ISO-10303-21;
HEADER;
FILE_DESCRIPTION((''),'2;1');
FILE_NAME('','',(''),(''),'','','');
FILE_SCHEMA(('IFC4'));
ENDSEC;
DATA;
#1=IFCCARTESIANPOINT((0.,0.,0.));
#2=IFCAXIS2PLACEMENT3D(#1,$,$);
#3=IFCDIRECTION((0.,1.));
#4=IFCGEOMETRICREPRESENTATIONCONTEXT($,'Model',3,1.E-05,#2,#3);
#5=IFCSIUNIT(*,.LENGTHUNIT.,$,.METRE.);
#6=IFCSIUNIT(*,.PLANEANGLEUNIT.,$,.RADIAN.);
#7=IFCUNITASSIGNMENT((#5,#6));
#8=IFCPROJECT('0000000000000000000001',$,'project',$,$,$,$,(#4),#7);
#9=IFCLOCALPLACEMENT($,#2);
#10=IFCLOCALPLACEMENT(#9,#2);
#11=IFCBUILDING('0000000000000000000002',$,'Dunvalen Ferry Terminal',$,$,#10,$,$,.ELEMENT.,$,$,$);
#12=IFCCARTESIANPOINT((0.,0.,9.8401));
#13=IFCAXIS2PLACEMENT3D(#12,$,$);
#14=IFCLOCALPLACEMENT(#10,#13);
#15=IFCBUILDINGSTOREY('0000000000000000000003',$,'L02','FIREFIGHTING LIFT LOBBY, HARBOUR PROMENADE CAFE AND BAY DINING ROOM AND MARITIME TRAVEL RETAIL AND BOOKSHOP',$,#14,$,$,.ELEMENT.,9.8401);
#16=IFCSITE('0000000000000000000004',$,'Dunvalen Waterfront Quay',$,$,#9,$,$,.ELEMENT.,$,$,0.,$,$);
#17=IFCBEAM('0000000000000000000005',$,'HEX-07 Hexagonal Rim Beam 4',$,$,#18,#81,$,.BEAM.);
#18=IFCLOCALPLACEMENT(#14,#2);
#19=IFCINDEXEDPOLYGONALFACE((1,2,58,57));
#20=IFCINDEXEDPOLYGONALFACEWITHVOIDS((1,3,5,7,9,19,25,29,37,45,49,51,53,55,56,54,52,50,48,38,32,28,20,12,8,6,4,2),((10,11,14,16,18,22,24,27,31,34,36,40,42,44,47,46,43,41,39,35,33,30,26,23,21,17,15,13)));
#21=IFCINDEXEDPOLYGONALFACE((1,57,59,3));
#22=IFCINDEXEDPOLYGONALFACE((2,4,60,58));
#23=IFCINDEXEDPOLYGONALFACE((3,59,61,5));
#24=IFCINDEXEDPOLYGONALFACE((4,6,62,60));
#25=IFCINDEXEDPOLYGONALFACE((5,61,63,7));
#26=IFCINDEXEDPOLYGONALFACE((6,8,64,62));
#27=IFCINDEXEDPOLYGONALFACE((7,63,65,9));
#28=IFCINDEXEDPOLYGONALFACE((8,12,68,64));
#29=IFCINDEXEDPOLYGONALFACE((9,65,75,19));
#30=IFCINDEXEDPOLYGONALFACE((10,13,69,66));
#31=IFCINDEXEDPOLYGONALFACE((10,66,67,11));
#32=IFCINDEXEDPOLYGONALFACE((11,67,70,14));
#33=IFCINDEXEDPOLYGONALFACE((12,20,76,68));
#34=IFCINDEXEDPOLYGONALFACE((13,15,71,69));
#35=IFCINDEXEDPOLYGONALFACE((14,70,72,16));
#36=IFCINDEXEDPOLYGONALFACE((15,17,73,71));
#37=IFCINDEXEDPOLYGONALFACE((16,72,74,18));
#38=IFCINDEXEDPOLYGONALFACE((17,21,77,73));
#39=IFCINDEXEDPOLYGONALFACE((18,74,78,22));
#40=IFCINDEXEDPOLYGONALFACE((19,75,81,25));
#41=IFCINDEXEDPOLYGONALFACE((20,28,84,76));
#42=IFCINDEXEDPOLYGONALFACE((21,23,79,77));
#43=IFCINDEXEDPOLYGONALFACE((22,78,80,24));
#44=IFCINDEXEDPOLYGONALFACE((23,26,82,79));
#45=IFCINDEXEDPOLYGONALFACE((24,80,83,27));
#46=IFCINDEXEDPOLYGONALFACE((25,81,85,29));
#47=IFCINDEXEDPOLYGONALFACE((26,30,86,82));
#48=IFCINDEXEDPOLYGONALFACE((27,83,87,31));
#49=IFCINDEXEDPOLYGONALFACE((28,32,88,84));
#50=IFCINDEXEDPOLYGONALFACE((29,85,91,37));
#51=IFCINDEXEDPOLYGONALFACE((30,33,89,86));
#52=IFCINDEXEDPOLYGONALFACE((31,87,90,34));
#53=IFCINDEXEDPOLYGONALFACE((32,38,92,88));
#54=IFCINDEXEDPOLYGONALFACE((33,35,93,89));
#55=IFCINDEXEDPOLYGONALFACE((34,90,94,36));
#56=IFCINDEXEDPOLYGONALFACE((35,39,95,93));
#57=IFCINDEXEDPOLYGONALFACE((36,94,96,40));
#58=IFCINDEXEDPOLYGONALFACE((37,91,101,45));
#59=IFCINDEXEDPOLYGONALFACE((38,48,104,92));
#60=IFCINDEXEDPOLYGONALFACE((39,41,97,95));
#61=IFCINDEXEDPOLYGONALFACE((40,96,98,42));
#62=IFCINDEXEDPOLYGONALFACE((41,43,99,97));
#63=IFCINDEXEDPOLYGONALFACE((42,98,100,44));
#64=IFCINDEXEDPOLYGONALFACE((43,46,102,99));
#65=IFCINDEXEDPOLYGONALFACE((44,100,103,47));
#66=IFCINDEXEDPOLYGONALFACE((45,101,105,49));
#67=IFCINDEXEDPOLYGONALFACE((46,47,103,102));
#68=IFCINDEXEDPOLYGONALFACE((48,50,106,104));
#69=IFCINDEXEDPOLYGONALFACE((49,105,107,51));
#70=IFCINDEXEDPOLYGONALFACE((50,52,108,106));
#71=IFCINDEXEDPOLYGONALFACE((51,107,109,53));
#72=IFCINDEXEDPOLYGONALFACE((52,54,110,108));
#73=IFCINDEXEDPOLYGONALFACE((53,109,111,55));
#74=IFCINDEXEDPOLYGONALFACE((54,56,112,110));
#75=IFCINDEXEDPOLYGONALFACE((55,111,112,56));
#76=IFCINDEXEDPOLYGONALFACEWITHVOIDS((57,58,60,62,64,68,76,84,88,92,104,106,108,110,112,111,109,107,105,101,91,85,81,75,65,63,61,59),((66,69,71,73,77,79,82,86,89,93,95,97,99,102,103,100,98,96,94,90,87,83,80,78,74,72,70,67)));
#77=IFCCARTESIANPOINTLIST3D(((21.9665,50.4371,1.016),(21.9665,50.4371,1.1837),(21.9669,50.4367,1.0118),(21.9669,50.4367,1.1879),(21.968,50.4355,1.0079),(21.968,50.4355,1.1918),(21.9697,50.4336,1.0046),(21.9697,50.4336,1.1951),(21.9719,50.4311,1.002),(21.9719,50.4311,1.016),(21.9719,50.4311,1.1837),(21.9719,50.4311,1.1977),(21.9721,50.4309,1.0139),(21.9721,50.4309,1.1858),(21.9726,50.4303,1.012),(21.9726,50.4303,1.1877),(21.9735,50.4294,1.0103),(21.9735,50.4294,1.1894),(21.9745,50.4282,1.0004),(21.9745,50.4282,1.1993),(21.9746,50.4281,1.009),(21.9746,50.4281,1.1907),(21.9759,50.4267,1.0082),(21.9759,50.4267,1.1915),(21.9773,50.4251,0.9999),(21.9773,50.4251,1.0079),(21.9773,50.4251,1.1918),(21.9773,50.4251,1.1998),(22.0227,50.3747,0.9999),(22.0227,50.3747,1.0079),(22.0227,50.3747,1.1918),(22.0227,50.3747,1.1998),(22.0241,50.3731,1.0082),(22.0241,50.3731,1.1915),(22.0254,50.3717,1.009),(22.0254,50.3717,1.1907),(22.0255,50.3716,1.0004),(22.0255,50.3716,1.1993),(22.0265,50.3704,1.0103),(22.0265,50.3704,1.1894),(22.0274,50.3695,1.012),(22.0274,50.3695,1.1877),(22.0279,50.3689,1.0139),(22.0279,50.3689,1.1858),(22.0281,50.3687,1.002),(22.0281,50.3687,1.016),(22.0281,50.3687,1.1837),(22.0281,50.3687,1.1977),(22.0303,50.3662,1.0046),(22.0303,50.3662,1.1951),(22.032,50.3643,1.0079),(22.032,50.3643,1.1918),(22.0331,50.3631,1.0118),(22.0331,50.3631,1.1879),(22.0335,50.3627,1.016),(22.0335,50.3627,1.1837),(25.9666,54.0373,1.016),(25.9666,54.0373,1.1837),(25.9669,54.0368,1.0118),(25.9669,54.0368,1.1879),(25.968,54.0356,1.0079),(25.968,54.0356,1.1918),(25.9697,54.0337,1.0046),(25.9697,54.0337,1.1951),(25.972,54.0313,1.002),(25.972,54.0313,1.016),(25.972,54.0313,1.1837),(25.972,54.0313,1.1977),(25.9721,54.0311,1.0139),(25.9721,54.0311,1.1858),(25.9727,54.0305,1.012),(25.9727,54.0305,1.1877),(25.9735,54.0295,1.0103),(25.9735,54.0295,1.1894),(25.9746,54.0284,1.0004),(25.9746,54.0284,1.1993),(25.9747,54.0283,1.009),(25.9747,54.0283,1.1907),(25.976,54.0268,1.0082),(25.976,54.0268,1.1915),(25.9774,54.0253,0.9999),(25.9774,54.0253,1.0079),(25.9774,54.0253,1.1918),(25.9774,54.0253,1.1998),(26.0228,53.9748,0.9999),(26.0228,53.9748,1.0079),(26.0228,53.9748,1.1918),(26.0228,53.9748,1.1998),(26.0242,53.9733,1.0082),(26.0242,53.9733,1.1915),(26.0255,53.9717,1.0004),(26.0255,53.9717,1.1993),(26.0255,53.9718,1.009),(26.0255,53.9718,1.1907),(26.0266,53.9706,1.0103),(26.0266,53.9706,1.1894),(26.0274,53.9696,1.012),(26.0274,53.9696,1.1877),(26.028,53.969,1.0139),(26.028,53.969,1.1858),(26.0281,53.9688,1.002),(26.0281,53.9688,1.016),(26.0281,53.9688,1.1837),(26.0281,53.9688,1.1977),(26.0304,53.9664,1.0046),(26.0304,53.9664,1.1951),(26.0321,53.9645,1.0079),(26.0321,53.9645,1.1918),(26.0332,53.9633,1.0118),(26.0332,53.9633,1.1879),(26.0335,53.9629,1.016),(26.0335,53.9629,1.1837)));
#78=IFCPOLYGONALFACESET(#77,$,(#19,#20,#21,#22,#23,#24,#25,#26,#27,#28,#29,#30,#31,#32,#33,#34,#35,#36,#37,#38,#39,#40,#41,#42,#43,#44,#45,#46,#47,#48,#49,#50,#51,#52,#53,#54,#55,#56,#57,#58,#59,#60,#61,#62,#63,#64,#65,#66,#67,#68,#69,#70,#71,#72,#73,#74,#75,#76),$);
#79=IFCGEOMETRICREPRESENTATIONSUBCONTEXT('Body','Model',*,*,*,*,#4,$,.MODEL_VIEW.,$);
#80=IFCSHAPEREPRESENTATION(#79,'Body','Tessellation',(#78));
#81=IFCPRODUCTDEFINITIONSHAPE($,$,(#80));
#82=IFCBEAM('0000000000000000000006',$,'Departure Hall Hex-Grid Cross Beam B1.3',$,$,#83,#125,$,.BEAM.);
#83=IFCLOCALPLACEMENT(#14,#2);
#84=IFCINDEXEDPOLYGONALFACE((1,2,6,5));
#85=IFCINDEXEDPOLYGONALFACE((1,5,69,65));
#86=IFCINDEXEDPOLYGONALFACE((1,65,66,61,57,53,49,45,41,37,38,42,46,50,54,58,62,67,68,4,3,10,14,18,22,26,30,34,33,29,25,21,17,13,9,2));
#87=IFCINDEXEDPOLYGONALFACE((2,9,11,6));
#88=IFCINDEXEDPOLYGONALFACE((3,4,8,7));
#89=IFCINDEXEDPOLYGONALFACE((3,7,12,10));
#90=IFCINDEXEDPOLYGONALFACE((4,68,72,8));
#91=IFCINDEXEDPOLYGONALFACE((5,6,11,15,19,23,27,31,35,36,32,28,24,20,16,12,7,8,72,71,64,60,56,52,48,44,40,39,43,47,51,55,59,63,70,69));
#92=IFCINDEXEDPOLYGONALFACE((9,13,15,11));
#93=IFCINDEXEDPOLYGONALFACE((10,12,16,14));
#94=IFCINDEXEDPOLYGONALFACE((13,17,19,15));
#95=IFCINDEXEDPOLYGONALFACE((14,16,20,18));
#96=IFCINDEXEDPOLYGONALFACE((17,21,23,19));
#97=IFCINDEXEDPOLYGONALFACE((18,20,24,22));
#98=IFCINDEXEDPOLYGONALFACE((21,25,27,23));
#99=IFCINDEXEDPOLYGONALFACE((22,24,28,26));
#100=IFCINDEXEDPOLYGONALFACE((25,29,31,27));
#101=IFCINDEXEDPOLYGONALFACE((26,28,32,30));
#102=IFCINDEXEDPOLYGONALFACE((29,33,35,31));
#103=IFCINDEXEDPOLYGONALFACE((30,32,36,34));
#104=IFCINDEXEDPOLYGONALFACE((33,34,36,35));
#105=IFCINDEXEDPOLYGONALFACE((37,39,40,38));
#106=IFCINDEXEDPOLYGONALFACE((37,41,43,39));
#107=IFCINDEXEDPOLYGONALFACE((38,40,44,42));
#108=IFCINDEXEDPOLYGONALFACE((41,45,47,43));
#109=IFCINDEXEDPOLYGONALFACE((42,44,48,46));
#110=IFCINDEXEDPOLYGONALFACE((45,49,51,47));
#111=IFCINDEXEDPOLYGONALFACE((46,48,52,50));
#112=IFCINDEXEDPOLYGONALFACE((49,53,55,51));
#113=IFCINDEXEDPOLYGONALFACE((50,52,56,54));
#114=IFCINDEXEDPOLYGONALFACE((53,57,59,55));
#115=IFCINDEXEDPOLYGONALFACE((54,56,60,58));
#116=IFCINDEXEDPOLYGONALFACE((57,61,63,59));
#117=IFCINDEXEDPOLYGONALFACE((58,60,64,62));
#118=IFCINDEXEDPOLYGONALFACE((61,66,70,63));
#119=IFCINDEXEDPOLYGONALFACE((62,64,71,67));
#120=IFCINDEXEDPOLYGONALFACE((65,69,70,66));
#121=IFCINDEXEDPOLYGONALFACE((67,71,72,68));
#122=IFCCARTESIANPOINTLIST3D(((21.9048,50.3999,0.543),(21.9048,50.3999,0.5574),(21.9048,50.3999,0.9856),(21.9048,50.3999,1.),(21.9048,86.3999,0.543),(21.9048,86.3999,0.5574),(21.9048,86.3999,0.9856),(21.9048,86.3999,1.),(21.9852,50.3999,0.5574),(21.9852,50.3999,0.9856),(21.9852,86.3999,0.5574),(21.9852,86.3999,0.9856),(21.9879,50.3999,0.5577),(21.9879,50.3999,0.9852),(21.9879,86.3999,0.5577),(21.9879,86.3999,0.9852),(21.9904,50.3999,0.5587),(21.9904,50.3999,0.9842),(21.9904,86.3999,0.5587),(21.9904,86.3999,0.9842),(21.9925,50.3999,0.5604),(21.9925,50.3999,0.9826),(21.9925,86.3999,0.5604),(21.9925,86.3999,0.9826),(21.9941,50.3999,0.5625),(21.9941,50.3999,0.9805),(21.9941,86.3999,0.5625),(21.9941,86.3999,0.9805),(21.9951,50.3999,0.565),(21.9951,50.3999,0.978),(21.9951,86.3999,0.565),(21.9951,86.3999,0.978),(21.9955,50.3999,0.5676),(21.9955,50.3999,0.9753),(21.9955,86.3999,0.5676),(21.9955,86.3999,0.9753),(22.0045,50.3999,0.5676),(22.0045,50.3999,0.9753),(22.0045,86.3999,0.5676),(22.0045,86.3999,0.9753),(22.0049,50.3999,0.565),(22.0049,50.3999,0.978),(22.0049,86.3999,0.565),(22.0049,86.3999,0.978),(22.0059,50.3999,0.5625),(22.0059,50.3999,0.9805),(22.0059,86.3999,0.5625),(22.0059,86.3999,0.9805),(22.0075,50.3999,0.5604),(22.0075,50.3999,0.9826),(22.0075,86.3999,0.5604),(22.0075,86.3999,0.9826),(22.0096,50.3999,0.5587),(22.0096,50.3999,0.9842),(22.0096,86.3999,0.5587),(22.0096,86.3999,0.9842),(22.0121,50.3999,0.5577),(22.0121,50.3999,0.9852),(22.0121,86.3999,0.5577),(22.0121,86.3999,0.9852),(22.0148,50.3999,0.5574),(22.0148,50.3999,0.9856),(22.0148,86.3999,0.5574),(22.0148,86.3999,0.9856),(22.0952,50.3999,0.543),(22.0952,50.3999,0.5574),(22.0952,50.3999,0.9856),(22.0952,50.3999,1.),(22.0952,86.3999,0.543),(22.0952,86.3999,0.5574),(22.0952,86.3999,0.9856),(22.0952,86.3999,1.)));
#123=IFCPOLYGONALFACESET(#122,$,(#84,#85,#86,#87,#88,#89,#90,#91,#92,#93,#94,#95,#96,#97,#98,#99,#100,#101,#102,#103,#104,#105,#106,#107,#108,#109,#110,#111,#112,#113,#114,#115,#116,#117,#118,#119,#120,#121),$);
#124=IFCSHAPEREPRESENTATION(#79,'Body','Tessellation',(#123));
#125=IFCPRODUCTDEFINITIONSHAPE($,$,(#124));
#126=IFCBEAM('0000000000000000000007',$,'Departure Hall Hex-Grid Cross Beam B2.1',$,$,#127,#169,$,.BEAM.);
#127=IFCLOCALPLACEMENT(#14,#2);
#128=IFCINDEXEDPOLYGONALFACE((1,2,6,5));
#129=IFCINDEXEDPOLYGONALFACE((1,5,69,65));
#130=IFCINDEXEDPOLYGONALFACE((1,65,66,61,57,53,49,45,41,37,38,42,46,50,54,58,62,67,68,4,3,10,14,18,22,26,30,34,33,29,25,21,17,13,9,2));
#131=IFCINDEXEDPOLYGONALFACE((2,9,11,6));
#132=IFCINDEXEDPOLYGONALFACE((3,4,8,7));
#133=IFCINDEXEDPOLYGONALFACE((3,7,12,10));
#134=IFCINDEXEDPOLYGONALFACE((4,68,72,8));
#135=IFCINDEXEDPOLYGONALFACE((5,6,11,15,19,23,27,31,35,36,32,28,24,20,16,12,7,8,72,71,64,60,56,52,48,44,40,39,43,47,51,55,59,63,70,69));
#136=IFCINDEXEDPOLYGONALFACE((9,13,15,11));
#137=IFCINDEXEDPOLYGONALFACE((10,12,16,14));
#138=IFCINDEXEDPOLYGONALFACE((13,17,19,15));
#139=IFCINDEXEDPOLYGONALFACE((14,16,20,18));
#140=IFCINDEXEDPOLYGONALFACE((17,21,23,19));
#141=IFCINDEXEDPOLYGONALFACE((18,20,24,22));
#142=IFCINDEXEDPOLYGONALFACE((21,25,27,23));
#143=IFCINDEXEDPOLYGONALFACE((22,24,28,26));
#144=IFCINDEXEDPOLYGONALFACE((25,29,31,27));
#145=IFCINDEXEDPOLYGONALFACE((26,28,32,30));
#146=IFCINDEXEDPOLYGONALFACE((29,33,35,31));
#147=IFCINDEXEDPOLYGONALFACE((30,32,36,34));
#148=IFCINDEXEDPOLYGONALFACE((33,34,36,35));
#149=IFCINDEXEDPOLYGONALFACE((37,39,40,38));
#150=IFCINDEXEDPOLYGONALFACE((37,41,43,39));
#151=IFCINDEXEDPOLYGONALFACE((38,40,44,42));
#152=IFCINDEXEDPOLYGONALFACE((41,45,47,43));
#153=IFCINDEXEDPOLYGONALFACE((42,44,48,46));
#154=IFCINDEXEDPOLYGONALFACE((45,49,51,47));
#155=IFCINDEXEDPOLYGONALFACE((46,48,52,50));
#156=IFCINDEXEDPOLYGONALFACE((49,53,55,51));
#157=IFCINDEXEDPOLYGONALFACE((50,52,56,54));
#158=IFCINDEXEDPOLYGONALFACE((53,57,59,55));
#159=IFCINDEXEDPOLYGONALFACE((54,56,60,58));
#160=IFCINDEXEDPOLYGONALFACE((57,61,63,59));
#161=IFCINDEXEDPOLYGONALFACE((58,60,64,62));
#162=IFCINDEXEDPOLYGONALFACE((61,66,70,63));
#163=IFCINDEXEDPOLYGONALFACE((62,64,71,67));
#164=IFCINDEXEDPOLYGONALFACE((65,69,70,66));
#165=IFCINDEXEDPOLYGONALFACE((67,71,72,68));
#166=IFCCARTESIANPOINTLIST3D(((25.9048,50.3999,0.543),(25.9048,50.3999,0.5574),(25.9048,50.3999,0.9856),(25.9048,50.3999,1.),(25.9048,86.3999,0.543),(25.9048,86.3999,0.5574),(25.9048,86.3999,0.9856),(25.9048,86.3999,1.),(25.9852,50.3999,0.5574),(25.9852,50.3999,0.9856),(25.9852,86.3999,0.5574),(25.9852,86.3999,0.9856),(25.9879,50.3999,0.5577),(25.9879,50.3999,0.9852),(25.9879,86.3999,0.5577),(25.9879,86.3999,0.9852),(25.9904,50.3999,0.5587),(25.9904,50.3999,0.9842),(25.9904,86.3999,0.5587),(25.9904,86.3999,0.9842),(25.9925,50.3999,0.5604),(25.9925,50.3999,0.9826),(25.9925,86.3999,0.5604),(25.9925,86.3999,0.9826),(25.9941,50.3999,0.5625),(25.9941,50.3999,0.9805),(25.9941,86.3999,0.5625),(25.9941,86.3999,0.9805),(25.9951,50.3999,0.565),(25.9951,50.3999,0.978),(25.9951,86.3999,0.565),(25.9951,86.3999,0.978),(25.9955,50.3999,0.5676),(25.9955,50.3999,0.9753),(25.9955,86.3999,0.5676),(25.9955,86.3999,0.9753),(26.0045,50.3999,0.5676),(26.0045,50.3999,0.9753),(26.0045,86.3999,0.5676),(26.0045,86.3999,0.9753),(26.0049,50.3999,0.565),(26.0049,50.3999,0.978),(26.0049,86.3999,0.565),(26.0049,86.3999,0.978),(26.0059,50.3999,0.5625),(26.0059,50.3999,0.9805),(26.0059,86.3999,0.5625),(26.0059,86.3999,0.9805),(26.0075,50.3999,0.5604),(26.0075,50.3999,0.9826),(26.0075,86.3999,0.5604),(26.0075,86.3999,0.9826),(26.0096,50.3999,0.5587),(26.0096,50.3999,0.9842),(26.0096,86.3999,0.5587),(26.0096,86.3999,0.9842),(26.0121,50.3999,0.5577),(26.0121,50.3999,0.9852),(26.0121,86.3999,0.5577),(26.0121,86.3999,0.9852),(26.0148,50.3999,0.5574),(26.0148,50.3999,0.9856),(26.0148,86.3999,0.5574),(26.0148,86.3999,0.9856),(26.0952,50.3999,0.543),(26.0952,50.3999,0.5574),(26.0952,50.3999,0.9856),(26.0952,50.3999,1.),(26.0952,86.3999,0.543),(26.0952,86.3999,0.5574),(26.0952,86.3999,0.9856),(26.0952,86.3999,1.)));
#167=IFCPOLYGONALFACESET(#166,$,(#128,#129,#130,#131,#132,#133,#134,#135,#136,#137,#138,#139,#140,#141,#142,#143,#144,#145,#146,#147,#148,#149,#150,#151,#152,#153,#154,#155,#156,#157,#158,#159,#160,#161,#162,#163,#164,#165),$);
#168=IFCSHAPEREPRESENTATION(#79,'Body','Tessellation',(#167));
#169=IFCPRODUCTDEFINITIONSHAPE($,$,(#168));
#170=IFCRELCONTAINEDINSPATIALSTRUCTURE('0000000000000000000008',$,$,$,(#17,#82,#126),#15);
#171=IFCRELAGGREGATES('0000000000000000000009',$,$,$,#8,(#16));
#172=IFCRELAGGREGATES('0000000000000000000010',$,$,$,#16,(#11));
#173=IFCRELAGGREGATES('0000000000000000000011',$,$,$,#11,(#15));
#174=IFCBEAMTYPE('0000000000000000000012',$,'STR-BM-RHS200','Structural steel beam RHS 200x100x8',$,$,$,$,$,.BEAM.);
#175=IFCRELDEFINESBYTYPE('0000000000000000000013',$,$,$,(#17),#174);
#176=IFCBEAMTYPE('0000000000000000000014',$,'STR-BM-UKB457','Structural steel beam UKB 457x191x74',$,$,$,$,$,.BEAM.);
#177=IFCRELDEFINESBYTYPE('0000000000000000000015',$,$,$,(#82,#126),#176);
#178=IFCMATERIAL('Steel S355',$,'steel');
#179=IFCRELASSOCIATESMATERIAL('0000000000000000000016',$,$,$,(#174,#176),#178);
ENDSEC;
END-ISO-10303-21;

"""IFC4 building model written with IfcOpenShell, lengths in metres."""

from ifc_helpers import new_model, si_unit, direction, frame, origin, origin_2d, place, context, subcontext, project, spatial, hollow_rectangle, i_section, extrude, material, material_profile, profile_set, type_object, element, save


model = new_model("IFC4")

# Units and contexts
model_context = context("Model", 3, precision=1e-05, world=origin(), true_north=direction((0.0, 1.0)))
body_context = subcontext(model_context, "Body", "Model", "MODEL_VIEW")
ifc_project = project(units=[si_unit("LENGTHUNIT", "METRE"), si_unit("PLANEANGLEUNIT", "RADIAN")], contexts=[model_context])

# Site, building, storey
site_placement = place(None, origin())
site = spatial("IfcSite", under=ifc_project, at=site_placement, Name="Dunvalen Waterfront Quay", CompositionType="ELEMENT", RefElevation=0.0)
building_placement = place(site_placement, origin())
building = spatial("IfcBuilding", under=site, at=building_placement, Name="Dunvalen Ferry Terminal", CompositionType="ELEMENT")
storey_placement = place(building_placement, frame((0.0, 0.0, 9.8401)))
storey = spatial("IfcBuildingStorey", under=building, at=storey_placement, Name="L02", Description="FIREFIGHTING LIFT LOBBY, HARBOUR PROMENADE CAFE AND BAY DINING ROOM AND MARITIME TRAVEL RETAIL AND BOOKSHOP", CompositionType="ELEMENT", Elevation=9.8401)

# Beams
ifc_material_1 = material(Name="Steel S355", Category="steel")
ifc_material_profile_1 = material_profile(ifc_material_1, hollow_rectangle(XDim=0.1001, YDim=0.2, WallThickness=0.0081, InnerFilletRadius=0.0081, OuterFilletRadius=0.0161, at=origin_2d()), Name="Steel S355")
ifc_profile_set_1 = profile_set([ifc_material_profile_1], Name="Steel S355")
beam_type_1 = type_object("IfcBeamType", Name="STR-BM-RHS200", Description="Structural steel beam RHS 200x100x8", PredefinedType="BEAM", material=ifc_profile_set_1)
beam_1_placement = place(storey_placement, frame((22.0, 50.3999, 1.0999), z_axis=(0.743285, 0.668975, 0.0), x_axis=(-0.668975, 0.743285, 0.0)))
element("IfcBeam", 1, at=beam_1_placement, inside=storey, type_object=beam_type_1, Name="HEX-07 Hexagonal Rim Beam 4", PredefinedType="BEAM", context=body_context, shape_type="SweptSolid", body=[
    extrude(hollow_rectangle(XDim=0.1001, YDim=0.2, WallThickness=0.0081, InnerFilletRadius=0.0081, OuterFilletRadius=0.0161, at=origin_2d()), origin(), (0.0, 0.0, 1.0), 5.3816),
])
ifc_material_profile_2 = material_profile(ifc_material_1, i_section(OverallWidth=0.1904, OverallDepth=0.457, WebThickness=0.009, FlangeThickness=0.0144, FilletRadius=0.0103, at=origin_2d()), Name="Steel S355")
ifc_profile_set_2 = profile_set([ifc_material_profile_2], Name="Steel S355")
beam_type_2 = type_object("IfcBeamType", Name="STR-BM-UKB457", Description="Structural steel beam UKB 457x191x74", PredefinedType="BEAM", material=ifc_profile_set_2)
for number, where, z_axis, x_axis, name in (
    (2, (22.0, 50.3999, 0.7715), (0.0, 1.0, 0.0), (-1.0, 0.0, 0.0), "Departure Hall Hex-Grid Cross Beam B1.3"),
    (3, (26.0, 50.3999, 0.7715), (0.0, 1.0, 0.0), (-1.0, 0.0, 0.0), "Departure Hall Hex-Grid Cross Beam B2.1"),
):
    element("IfcBeam", number, at=place(storey_placement, frame(where, z_axis=z_axis, x_axis=x_axis)), inside=storey, type_object=beam_type_2, Name=name, PredefinedType="BEAM", context=body_context, shape_type="SweptSolid", body=[
        extrude(i_section(OverallWidth=0.1904, OverallDepth=0.457, WebThickness=0.009, FlangeThickness=0.0144, FilletRadius=0.0103, at=origin_2d()), origin(), (0.0, 0.0, 1.0), 36.0),
    ])

save(model, "model.ifc")
